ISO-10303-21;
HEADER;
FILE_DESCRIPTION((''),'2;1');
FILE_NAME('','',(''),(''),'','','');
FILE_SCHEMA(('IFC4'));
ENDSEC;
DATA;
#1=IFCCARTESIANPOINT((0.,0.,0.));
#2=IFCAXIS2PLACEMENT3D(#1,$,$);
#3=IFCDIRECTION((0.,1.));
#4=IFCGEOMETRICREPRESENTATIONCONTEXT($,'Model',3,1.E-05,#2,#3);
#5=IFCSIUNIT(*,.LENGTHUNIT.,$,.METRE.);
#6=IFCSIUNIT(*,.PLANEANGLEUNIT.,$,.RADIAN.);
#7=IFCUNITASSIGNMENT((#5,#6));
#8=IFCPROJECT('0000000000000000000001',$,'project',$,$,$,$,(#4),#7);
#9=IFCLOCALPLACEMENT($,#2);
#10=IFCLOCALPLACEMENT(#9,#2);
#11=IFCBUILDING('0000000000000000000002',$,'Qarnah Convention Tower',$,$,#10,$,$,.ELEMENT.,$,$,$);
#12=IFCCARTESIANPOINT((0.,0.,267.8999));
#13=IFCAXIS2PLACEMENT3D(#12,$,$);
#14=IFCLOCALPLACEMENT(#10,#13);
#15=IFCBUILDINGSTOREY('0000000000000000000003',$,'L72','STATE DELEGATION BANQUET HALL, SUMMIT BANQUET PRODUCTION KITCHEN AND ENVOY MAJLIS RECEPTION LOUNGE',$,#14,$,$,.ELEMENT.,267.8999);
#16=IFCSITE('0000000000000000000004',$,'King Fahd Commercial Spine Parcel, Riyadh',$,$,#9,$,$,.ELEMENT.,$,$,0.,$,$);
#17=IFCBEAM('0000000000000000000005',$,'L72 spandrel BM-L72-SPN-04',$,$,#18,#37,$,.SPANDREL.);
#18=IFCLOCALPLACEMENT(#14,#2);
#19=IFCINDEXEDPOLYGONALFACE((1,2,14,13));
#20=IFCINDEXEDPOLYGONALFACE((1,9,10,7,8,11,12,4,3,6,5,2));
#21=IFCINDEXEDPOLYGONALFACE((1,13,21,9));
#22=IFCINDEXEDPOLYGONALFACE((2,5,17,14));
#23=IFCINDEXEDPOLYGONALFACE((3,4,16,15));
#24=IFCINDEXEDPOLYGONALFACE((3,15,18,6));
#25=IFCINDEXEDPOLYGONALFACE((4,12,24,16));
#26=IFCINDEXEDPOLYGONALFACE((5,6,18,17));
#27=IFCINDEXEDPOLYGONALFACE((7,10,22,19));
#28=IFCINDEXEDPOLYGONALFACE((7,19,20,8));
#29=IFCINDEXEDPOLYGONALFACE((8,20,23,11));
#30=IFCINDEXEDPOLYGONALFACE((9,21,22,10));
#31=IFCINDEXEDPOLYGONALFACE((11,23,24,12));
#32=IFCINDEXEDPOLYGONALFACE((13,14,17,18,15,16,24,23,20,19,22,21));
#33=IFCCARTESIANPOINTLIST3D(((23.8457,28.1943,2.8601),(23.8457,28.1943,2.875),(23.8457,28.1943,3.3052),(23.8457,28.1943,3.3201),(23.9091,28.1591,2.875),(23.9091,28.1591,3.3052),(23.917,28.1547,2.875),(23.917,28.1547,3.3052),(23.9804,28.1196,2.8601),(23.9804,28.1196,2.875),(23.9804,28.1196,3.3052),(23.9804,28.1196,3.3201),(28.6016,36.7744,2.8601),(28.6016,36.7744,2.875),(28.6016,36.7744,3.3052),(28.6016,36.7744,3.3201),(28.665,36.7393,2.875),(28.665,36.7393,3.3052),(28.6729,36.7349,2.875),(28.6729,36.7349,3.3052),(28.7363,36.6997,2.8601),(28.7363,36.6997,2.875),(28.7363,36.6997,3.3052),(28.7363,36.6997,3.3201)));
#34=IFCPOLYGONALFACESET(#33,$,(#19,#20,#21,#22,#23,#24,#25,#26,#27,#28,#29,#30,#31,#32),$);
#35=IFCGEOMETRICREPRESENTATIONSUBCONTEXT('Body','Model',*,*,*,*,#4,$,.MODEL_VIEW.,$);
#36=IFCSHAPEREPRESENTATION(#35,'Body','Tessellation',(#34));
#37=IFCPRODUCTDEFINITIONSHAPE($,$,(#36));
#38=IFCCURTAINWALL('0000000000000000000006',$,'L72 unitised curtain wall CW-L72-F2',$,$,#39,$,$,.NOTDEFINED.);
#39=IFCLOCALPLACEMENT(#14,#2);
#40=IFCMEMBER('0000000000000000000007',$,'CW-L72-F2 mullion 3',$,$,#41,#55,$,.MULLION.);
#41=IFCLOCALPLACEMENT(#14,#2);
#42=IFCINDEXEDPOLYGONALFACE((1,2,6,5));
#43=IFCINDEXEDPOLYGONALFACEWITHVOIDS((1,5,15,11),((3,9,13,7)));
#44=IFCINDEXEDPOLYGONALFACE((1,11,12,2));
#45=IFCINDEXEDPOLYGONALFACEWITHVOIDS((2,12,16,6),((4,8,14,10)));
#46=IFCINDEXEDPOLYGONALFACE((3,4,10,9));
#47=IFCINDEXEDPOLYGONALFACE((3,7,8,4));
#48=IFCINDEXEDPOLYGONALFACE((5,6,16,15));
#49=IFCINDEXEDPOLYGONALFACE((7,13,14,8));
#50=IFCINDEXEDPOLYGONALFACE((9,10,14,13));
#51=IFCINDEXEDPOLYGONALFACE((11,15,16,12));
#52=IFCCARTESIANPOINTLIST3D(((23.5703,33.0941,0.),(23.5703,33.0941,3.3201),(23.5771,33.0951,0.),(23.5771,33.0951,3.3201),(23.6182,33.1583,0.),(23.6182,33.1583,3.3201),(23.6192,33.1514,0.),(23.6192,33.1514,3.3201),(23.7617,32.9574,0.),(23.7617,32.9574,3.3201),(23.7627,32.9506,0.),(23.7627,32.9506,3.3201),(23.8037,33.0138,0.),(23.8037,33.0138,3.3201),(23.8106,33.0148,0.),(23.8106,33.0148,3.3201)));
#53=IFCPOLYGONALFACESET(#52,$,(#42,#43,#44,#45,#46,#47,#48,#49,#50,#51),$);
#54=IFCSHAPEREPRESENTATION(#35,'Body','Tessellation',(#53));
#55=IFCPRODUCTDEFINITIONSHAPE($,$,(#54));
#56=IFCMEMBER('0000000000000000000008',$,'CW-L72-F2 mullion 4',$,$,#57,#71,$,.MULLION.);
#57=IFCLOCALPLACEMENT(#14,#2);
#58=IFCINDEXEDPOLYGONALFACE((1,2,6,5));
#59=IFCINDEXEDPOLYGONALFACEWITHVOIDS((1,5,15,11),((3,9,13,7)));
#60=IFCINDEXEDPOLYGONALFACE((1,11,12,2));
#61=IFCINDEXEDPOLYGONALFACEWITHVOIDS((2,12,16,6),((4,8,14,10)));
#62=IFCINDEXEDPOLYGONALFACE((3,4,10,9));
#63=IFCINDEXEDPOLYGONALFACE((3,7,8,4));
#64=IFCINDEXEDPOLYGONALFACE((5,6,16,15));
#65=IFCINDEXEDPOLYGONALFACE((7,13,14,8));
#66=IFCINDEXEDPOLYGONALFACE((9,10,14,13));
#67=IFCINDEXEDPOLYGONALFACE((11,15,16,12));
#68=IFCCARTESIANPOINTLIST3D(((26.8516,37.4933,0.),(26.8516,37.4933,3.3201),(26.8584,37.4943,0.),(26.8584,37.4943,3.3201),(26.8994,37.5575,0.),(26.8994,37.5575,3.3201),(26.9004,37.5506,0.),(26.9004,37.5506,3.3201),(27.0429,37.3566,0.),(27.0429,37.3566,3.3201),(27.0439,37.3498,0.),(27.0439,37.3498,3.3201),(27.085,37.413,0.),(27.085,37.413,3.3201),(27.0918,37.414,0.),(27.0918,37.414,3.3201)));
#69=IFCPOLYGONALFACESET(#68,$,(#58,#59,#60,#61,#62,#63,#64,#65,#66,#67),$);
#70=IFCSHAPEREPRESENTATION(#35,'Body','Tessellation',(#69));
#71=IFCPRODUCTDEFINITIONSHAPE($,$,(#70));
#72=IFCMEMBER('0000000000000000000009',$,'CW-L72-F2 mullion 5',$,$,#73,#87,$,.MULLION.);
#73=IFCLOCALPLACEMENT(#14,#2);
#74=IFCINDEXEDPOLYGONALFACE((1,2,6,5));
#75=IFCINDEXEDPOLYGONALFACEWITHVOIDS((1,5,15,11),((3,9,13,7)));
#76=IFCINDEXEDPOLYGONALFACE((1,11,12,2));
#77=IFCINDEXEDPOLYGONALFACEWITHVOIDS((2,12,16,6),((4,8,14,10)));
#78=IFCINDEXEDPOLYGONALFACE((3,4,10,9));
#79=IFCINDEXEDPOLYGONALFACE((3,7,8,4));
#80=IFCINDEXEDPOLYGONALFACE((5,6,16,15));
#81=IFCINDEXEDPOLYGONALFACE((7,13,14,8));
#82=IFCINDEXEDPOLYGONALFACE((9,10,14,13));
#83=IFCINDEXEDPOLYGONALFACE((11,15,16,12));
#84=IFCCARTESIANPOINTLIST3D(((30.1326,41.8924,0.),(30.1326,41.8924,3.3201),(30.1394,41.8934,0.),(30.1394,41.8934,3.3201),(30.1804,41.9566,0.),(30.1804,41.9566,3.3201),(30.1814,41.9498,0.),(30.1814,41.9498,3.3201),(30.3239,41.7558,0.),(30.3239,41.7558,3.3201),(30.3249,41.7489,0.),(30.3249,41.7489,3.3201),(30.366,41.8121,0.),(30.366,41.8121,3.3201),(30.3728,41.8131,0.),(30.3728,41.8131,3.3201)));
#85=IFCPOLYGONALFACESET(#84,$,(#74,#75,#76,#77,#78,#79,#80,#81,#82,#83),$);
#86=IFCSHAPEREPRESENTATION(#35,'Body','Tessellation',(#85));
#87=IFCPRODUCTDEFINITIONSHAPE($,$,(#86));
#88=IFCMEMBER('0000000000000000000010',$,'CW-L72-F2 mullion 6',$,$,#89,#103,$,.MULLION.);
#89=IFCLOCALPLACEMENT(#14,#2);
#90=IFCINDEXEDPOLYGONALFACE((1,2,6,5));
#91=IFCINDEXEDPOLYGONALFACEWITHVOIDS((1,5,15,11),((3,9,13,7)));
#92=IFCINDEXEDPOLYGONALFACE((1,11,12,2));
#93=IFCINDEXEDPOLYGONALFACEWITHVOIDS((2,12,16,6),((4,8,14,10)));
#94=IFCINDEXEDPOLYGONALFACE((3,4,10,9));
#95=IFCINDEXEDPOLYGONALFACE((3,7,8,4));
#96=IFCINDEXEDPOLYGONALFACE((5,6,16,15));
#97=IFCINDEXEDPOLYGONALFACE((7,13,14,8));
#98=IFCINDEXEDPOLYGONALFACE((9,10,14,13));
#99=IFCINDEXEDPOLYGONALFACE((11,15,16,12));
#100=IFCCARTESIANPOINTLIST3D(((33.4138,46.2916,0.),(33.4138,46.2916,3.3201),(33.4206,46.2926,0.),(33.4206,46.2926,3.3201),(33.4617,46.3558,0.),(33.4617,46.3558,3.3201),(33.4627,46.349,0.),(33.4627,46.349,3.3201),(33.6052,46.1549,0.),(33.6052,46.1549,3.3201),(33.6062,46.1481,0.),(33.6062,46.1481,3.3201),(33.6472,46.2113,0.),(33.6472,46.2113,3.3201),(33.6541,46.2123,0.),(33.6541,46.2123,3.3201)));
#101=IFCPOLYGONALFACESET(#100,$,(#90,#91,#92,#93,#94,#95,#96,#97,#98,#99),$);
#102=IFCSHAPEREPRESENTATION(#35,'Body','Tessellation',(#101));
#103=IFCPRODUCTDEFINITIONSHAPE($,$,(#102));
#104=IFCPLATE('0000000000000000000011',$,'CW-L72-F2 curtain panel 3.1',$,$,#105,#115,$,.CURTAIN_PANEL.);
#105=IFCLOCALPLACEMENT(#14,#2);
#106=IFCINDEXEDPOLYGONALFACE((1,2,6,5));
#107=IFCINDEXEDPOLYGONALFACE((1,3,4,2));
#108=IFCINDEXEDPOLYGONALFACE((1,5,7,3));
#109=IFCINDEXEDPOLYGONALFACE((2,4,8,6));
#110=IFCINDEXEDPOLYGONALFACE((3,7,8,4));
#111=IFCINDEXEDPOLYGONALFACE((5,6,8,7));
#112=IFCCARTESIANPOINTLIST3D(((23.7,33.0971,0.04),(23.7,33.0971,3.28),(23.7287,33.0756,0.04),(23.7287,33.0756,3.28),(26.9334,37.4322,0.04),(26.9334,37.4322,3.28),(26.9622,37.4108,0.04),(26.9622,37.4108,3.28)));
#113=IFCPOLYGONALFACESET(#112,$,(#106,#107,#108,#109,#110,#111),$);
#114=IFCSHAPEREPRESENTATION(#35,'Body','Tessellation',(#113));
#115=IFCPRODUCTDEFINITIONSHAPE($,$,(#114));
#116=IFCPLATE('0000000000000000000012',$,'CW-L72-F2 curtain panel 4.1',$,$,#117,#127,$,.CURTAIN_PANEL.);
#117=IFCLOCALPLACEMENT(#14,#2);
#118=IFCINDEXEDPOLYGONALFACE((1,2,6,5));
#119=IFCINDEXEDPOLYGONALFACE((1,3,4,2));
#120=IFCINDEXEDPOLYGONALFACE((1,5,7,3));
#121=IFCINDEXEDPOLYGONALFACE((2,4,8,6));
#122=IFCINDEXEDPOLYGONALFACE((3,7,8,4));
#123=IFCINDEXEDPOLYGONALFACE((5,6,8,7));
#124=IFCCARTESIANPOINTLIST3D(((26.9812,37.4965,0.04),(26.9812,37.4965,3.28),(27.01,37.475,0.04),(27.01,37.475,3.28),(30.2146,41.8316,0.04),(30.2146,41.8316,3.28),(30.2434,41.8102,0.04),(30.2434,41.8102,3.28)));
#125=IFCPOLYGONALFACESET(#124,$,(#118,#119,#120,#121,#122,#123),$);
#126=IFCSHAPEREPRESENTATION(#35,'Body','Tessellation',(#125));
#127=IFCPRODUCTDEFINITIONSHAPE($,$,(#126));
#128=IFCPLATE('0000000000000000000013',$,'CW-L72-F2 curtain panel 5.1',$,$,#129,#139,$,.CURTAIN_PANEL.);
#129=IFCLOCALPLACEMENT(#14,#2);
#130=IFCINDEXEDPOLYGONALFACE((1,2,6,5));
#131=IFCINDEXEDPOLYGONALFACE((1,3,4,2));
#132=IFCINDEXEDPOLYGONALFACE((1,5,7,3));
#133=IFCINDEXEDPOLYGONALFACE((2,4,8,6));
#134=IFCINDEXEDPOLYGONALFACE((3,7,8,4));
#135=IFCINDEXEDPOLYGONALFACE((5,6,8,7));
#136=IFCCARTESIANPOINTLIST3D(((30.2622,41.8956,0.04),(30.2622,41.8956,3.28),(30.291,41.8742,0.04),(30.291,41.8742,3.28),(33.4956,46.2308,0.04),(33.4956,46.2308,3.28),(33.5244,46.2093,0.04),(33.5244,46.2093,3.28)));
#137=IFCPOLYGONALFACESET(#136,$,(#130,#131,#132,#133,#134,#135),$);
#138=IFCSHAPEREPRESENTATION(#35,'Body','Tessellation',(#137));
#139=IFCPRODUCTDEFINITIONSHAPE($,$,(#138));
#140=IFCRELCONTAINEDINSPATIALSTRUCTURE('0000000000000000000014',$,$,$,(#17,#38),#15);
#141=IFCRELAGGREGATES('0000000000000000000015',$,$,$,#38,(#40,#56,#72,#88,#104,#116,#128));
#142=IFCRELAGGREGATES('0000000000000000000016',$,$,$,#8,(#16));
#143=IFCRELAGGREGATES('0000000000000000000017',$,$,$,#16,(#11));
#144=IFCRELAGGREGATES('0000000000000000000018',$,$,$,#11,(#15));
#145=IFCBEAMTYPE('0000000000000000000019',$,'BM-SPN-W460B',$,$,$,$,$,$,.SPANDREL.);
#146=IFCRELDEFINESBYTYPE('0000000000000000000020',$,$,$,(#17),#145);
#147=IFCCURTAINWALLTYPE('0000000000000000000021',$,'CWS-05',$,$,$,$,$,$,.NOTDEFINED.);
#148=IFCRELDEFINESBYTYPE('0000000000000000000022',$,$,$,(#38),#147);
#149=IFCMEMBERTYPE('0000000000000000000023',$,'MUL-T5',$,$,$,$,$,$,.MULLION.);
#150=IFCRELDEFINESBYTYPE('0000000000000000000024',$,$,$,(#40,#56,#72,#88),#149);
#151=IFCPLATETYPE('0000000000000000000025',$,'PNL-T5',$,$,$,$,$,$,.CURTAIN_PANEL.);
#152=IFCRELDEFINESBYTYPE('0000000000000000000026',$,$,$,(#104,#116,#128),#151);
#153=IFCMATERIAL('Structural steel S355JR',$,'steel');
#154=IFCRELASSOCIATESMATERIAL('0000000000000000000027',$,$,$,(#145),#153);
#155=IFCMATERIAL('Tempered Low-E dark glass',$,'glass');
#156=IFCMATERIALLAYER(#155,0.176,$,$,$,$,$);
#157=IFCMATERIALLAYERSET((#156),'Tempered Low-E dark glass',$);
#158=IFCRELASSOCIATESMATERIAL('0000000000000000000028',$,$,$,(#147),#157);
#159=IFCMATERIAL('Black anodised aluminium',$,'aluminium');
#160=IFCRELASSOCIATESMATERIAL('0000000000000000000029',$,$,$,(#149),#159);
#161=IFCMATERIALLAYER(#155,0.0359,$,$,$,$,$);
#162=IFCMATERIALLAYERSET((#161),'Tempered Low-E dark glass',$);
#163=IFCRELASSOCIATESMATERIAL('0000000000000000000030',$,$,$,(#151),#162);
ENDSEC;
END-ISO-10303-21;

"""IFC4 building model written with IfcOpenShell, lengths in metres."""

from ifc_helpers import new_model, si_unit, direction, frame, origin, origin_2d, place, context, subcontext, project, spatial, rectangle, hollow_rectangle, i_section, extrude, material, layer, layer_set, material_profile, profile_set, type_object, element, aggregate, save


model = new_model("IFC4")

# Units and contexts
model_context = context("Model", 3, precision=1e-05, world=origin(), true_north=direction((0.0, 1.0)))
body_context = subcontext(model_context, "Body", "Model", "MODEL_VIEW")
ifc_project = project(units=[si_unit("LENGTHUNIT", "METRE"), si_unit("PLANEANGLEUNIT", "RADIAN")], contexts=[model_context])

# Site, building, storey
site_placement = place(None, origin())
site = spatial("IfcSite", under=ifc_project, at=site_placement, Name="King Fahd Commercial Spine Parcel, Riyadh", CompositionType="ELEMENT", RefElevation=0.0)
building_placement = place(site_placement, origin())
building = spatial("IfcBuilding", under=site, at=building_placement, Name="Qarnah Convention Tower", CompositionType="ELEMENT")
storey_placement = place(building_placement, frame((0.0, 0.0, 267.8999)))
storey = spatial("IfcBuildingStorey", under=building, at=storey_placement, Name="L72", Description="STATE DELEGATION BANQUET HALL, SUMMIT BANQUET PRODUCTION KITCHEN AND ENVOY MAJLIS RECEPTION LOUNGE", CompositionType="ELEMENT", Elevation=267.8999)

# Beam
ifc_material_1 = material(Name="Structural steel S355JR", Category="steel")
ifc_material_profile_1 = material_profile(ifc_material_1, i_section(OverallWidth=0.1541, OverallDepth=0.46, WebThickness=0.009, FlangeThickness=0.0149, at=origin_2d()), Name="W460X68")
ifc_profile_set_1 = profile_set([ifc_material_profile_1], Name="Structural steel S355JR")
beam_type_1 = type_object("IfcBeamType", Name="BM-SPN-W460B", PredefinedType="SPANDREL", material=ifc_profile_set_1)
beam_1_placement = place(storey_placement, frame((28.6689, 36.7371, 3.0901), z_axis=(-0.484797, -0.874626, 0.0), x_axis=(0.874626, -0.484797, 0.0)))
element("IfcBeam", 1, at=beam_1_placement, inside=storey, type_object=beam_type_1, Name="L72 spandrel BM-L72-SPN-04", PredefinedType="SPANDREL", context=body_context, shape_type="SweptSolid", body=[
    extrude(i_section(OverallWidth=0.1541, OverallDepth=0.46, WebThickness=0.009, FlangeThickness=0.0149, at=origin_2d()), origin(), (0.0, 0.0, 1.0), 9.8101),
])

# Curtain wall, members, plates
ifc_material_2 = material(Name="Tempered Low-E dark glass", Category="glass")
ifc_layer_1 = layer(ifc_material_2, 0.176)
ifc_layer_set_1 = layer_set([ifc_layer_1], Name="Tempered Low-E dark glass")
curtain_wall_type = type_object("IfcCurtainWallType", Name="CWS-05", PredefinedType="NOTDEFINED", material=ifc_layer_set_1)
curtain_wall_placement = place(storey_placement, origin())
curtain_wall = element("IfcCurtainWall", 2, at=curtain_wall_placement, inside=storey, type_object=curtain_wall_type, Name="L72 unitised curtain wall CW-L72-F2", PredefinedType="NOTDEFINED")
ifc_material_3 = material(Name="Black anodised aluminium", Category="aluminium")
ifc_material_profile_2 = material_profile(ifc_material_3, hollow_rectangle(XDim=0.0801, YDim=0.24, WallThickness=0.0049, at=origin_2d()), Name="MUL-80X240")
ifc_profile_set_2 = profile_set([ifc_material_profile_2], Name="Black anodised aluminium")
member_type = type_object("IfcMemberType", Name="MUL-T5", PredefinedType="MULLION", material=ifc_profile_set_2)
member_1_placement = place(storey_placement, frame((23.6904, 33.0544, 0.0), z_axis=(0.0, 0.0, 1.0), x_axis=(0.597875, 0.801589, 0.0)))
member_1 = element("IfcMember", 3, at=member_1_placement, type_object=member_type, Name="CW-L72-F2 mullion 3", PredefinedType="MULLION", context=body_context, shape_type="SweptSolid", body=[
    extrude(hollow_rectangle(XDim=0.0801, YDim=0.24, WallThickness=0.0049, at=origin_2d()), origin(), (0.0, 0.0, 1.0), 3.3201),
])
member_2_placement = place(storey_placement, frame((26.9717, 37.4536, 0.0), z_axis=(0.0, 0.0, 1.0), x_axis=(0.597875, 0.801589, 0.0)))
member_2 = element("IfcMember", 4, at=member_2_placement, type_object=member_type, Name="CW-L72-F2 mullion 4", PredefinedType="MULLION", context=body_context, shape_type="SweptSolid", body=[
    extrude(hollow_rectangle(XDim=0.0801, YDim=0.24, WallThickness=0.0049, at=origin_2d()), origin(), (0.0, 0.0, 1.0), 3.3201),
])
member_3_placement = place(storey_placement, frame((30.2527, 41.8528, 0.0), z_axis=(0.0, 0.0, 1.0), x_axis=(0.597875, 0.801589, 0.0)))
member_3 = element("IfcMember", 5, at=member_3_placement, type_object=member_type, Name="CW-L72-F2 mullion 5", PredefinedType="MULLION", context=body_context, shape_type="SweptSolid", body=[
    extrude(hollow_rectangle(XDim=0.0801, YDim=0.24, WallThickness=0.0049, at=origin_2d()), origin(), (0.0, 0.0, 1.0), 3.3201),
])
member_4_placement = place(storey_placement, frame((33.5339, 46.252, 0.0), z_axis=(0.0, 0.0, 1.0), x_axis=(0.597875, 0.801589, 0.0)))
member_4 = element("IfcMember", 6, at=member_4_placement, type_object=member_type, Name="CW-L72-F2 mullion 6", PredefinedType="MULLION", context=body_context, shape_type="SweptSolid", body=[
    extrude(hollow_rectangle(XDim=0.0801, YDim=0.24, WallThickness=0.0049, at=origin_2d()), origin(), (0.0, 0.0, 1.0), 3.3201),
])
ifc_layer_2 = layer(ifc_material_2, 0.0359)
ifc_layer_set_2 = layer_set([ifc_layer_2], Name="Tempered Low-E dark glass")
plate_type = type_object("IfcPlateType", Name="PNL-T5", PredefinedType="CURTAIN_PANEL", material=ifc_layer_set_2)
plate_1_placement = place(storey_placement, frame((25.3311, 35.2539, 0.04), z_axis=(0.0, 0.0, 1.0), x_axis=(0.597875, 0.801589, 0.0)))
plate_1 = element("IfcPlate", 7, at=plate_1_placement, type_object=plate_type, Name="CW-L72-F2 curtain panel 3.1", PredefinedType="CURTAIN_PANEL", context=body_context, shape_type="SweptSolid", body=[
    extrude(rectangle(XDim=5.4082, YDim=0.0359, at=origin_2d()), origin(), (0.0, 0.0, 1.0), 3.24),
])
plate_2_placement = place(storey_placement, frame((28.6123, 39.6533, 0.04), z_axis=(0.0, 0.0, 1.0), x_axis=(0.597875, 0.801589, 0.0)))
plate_2 = element("IfcPlate", 8, at=plate_2_placement, type_object=plate_type, Name="CW-L72-F2 curtain panel 4.1", PredefinedType="CURTAIN_PANEL", context=body_context, shape_type="SweptSolid", body=[
    extrude(rectangle(XDim=5.4082, YDim=0.0359, at=origin_2d()), origin(), (0.0, 0.0, 1.0), 3.24),
])
plate_3_placement = place(storey_placement, frame((31.8933, 44.0525, 0.04), z_axis=(0.0, 0.0, 1.0), x_axis=(0.597875, 0.801589, 0.0)))
plate_3 = element("IfcPlate", 9, at=plate_3_placement, type_object=plate_type, Name="CW-L72-F2 curtain panel 5.1", PredefinedType="CURTAIN_PANEL", context=body_context, shape_type="SweptSolid", body=[
    extrude(rectangle(XDim=5.4082, YDim=0.0359, at=origin_2d()), origin(), (0.0, 0.0, 1.0), 3.24),
])
aggregate(curtain_wall, [member_1, member_2, member_3, member_4, plate_1, plate_2, plate_3])

save(model, "model.ifc")
